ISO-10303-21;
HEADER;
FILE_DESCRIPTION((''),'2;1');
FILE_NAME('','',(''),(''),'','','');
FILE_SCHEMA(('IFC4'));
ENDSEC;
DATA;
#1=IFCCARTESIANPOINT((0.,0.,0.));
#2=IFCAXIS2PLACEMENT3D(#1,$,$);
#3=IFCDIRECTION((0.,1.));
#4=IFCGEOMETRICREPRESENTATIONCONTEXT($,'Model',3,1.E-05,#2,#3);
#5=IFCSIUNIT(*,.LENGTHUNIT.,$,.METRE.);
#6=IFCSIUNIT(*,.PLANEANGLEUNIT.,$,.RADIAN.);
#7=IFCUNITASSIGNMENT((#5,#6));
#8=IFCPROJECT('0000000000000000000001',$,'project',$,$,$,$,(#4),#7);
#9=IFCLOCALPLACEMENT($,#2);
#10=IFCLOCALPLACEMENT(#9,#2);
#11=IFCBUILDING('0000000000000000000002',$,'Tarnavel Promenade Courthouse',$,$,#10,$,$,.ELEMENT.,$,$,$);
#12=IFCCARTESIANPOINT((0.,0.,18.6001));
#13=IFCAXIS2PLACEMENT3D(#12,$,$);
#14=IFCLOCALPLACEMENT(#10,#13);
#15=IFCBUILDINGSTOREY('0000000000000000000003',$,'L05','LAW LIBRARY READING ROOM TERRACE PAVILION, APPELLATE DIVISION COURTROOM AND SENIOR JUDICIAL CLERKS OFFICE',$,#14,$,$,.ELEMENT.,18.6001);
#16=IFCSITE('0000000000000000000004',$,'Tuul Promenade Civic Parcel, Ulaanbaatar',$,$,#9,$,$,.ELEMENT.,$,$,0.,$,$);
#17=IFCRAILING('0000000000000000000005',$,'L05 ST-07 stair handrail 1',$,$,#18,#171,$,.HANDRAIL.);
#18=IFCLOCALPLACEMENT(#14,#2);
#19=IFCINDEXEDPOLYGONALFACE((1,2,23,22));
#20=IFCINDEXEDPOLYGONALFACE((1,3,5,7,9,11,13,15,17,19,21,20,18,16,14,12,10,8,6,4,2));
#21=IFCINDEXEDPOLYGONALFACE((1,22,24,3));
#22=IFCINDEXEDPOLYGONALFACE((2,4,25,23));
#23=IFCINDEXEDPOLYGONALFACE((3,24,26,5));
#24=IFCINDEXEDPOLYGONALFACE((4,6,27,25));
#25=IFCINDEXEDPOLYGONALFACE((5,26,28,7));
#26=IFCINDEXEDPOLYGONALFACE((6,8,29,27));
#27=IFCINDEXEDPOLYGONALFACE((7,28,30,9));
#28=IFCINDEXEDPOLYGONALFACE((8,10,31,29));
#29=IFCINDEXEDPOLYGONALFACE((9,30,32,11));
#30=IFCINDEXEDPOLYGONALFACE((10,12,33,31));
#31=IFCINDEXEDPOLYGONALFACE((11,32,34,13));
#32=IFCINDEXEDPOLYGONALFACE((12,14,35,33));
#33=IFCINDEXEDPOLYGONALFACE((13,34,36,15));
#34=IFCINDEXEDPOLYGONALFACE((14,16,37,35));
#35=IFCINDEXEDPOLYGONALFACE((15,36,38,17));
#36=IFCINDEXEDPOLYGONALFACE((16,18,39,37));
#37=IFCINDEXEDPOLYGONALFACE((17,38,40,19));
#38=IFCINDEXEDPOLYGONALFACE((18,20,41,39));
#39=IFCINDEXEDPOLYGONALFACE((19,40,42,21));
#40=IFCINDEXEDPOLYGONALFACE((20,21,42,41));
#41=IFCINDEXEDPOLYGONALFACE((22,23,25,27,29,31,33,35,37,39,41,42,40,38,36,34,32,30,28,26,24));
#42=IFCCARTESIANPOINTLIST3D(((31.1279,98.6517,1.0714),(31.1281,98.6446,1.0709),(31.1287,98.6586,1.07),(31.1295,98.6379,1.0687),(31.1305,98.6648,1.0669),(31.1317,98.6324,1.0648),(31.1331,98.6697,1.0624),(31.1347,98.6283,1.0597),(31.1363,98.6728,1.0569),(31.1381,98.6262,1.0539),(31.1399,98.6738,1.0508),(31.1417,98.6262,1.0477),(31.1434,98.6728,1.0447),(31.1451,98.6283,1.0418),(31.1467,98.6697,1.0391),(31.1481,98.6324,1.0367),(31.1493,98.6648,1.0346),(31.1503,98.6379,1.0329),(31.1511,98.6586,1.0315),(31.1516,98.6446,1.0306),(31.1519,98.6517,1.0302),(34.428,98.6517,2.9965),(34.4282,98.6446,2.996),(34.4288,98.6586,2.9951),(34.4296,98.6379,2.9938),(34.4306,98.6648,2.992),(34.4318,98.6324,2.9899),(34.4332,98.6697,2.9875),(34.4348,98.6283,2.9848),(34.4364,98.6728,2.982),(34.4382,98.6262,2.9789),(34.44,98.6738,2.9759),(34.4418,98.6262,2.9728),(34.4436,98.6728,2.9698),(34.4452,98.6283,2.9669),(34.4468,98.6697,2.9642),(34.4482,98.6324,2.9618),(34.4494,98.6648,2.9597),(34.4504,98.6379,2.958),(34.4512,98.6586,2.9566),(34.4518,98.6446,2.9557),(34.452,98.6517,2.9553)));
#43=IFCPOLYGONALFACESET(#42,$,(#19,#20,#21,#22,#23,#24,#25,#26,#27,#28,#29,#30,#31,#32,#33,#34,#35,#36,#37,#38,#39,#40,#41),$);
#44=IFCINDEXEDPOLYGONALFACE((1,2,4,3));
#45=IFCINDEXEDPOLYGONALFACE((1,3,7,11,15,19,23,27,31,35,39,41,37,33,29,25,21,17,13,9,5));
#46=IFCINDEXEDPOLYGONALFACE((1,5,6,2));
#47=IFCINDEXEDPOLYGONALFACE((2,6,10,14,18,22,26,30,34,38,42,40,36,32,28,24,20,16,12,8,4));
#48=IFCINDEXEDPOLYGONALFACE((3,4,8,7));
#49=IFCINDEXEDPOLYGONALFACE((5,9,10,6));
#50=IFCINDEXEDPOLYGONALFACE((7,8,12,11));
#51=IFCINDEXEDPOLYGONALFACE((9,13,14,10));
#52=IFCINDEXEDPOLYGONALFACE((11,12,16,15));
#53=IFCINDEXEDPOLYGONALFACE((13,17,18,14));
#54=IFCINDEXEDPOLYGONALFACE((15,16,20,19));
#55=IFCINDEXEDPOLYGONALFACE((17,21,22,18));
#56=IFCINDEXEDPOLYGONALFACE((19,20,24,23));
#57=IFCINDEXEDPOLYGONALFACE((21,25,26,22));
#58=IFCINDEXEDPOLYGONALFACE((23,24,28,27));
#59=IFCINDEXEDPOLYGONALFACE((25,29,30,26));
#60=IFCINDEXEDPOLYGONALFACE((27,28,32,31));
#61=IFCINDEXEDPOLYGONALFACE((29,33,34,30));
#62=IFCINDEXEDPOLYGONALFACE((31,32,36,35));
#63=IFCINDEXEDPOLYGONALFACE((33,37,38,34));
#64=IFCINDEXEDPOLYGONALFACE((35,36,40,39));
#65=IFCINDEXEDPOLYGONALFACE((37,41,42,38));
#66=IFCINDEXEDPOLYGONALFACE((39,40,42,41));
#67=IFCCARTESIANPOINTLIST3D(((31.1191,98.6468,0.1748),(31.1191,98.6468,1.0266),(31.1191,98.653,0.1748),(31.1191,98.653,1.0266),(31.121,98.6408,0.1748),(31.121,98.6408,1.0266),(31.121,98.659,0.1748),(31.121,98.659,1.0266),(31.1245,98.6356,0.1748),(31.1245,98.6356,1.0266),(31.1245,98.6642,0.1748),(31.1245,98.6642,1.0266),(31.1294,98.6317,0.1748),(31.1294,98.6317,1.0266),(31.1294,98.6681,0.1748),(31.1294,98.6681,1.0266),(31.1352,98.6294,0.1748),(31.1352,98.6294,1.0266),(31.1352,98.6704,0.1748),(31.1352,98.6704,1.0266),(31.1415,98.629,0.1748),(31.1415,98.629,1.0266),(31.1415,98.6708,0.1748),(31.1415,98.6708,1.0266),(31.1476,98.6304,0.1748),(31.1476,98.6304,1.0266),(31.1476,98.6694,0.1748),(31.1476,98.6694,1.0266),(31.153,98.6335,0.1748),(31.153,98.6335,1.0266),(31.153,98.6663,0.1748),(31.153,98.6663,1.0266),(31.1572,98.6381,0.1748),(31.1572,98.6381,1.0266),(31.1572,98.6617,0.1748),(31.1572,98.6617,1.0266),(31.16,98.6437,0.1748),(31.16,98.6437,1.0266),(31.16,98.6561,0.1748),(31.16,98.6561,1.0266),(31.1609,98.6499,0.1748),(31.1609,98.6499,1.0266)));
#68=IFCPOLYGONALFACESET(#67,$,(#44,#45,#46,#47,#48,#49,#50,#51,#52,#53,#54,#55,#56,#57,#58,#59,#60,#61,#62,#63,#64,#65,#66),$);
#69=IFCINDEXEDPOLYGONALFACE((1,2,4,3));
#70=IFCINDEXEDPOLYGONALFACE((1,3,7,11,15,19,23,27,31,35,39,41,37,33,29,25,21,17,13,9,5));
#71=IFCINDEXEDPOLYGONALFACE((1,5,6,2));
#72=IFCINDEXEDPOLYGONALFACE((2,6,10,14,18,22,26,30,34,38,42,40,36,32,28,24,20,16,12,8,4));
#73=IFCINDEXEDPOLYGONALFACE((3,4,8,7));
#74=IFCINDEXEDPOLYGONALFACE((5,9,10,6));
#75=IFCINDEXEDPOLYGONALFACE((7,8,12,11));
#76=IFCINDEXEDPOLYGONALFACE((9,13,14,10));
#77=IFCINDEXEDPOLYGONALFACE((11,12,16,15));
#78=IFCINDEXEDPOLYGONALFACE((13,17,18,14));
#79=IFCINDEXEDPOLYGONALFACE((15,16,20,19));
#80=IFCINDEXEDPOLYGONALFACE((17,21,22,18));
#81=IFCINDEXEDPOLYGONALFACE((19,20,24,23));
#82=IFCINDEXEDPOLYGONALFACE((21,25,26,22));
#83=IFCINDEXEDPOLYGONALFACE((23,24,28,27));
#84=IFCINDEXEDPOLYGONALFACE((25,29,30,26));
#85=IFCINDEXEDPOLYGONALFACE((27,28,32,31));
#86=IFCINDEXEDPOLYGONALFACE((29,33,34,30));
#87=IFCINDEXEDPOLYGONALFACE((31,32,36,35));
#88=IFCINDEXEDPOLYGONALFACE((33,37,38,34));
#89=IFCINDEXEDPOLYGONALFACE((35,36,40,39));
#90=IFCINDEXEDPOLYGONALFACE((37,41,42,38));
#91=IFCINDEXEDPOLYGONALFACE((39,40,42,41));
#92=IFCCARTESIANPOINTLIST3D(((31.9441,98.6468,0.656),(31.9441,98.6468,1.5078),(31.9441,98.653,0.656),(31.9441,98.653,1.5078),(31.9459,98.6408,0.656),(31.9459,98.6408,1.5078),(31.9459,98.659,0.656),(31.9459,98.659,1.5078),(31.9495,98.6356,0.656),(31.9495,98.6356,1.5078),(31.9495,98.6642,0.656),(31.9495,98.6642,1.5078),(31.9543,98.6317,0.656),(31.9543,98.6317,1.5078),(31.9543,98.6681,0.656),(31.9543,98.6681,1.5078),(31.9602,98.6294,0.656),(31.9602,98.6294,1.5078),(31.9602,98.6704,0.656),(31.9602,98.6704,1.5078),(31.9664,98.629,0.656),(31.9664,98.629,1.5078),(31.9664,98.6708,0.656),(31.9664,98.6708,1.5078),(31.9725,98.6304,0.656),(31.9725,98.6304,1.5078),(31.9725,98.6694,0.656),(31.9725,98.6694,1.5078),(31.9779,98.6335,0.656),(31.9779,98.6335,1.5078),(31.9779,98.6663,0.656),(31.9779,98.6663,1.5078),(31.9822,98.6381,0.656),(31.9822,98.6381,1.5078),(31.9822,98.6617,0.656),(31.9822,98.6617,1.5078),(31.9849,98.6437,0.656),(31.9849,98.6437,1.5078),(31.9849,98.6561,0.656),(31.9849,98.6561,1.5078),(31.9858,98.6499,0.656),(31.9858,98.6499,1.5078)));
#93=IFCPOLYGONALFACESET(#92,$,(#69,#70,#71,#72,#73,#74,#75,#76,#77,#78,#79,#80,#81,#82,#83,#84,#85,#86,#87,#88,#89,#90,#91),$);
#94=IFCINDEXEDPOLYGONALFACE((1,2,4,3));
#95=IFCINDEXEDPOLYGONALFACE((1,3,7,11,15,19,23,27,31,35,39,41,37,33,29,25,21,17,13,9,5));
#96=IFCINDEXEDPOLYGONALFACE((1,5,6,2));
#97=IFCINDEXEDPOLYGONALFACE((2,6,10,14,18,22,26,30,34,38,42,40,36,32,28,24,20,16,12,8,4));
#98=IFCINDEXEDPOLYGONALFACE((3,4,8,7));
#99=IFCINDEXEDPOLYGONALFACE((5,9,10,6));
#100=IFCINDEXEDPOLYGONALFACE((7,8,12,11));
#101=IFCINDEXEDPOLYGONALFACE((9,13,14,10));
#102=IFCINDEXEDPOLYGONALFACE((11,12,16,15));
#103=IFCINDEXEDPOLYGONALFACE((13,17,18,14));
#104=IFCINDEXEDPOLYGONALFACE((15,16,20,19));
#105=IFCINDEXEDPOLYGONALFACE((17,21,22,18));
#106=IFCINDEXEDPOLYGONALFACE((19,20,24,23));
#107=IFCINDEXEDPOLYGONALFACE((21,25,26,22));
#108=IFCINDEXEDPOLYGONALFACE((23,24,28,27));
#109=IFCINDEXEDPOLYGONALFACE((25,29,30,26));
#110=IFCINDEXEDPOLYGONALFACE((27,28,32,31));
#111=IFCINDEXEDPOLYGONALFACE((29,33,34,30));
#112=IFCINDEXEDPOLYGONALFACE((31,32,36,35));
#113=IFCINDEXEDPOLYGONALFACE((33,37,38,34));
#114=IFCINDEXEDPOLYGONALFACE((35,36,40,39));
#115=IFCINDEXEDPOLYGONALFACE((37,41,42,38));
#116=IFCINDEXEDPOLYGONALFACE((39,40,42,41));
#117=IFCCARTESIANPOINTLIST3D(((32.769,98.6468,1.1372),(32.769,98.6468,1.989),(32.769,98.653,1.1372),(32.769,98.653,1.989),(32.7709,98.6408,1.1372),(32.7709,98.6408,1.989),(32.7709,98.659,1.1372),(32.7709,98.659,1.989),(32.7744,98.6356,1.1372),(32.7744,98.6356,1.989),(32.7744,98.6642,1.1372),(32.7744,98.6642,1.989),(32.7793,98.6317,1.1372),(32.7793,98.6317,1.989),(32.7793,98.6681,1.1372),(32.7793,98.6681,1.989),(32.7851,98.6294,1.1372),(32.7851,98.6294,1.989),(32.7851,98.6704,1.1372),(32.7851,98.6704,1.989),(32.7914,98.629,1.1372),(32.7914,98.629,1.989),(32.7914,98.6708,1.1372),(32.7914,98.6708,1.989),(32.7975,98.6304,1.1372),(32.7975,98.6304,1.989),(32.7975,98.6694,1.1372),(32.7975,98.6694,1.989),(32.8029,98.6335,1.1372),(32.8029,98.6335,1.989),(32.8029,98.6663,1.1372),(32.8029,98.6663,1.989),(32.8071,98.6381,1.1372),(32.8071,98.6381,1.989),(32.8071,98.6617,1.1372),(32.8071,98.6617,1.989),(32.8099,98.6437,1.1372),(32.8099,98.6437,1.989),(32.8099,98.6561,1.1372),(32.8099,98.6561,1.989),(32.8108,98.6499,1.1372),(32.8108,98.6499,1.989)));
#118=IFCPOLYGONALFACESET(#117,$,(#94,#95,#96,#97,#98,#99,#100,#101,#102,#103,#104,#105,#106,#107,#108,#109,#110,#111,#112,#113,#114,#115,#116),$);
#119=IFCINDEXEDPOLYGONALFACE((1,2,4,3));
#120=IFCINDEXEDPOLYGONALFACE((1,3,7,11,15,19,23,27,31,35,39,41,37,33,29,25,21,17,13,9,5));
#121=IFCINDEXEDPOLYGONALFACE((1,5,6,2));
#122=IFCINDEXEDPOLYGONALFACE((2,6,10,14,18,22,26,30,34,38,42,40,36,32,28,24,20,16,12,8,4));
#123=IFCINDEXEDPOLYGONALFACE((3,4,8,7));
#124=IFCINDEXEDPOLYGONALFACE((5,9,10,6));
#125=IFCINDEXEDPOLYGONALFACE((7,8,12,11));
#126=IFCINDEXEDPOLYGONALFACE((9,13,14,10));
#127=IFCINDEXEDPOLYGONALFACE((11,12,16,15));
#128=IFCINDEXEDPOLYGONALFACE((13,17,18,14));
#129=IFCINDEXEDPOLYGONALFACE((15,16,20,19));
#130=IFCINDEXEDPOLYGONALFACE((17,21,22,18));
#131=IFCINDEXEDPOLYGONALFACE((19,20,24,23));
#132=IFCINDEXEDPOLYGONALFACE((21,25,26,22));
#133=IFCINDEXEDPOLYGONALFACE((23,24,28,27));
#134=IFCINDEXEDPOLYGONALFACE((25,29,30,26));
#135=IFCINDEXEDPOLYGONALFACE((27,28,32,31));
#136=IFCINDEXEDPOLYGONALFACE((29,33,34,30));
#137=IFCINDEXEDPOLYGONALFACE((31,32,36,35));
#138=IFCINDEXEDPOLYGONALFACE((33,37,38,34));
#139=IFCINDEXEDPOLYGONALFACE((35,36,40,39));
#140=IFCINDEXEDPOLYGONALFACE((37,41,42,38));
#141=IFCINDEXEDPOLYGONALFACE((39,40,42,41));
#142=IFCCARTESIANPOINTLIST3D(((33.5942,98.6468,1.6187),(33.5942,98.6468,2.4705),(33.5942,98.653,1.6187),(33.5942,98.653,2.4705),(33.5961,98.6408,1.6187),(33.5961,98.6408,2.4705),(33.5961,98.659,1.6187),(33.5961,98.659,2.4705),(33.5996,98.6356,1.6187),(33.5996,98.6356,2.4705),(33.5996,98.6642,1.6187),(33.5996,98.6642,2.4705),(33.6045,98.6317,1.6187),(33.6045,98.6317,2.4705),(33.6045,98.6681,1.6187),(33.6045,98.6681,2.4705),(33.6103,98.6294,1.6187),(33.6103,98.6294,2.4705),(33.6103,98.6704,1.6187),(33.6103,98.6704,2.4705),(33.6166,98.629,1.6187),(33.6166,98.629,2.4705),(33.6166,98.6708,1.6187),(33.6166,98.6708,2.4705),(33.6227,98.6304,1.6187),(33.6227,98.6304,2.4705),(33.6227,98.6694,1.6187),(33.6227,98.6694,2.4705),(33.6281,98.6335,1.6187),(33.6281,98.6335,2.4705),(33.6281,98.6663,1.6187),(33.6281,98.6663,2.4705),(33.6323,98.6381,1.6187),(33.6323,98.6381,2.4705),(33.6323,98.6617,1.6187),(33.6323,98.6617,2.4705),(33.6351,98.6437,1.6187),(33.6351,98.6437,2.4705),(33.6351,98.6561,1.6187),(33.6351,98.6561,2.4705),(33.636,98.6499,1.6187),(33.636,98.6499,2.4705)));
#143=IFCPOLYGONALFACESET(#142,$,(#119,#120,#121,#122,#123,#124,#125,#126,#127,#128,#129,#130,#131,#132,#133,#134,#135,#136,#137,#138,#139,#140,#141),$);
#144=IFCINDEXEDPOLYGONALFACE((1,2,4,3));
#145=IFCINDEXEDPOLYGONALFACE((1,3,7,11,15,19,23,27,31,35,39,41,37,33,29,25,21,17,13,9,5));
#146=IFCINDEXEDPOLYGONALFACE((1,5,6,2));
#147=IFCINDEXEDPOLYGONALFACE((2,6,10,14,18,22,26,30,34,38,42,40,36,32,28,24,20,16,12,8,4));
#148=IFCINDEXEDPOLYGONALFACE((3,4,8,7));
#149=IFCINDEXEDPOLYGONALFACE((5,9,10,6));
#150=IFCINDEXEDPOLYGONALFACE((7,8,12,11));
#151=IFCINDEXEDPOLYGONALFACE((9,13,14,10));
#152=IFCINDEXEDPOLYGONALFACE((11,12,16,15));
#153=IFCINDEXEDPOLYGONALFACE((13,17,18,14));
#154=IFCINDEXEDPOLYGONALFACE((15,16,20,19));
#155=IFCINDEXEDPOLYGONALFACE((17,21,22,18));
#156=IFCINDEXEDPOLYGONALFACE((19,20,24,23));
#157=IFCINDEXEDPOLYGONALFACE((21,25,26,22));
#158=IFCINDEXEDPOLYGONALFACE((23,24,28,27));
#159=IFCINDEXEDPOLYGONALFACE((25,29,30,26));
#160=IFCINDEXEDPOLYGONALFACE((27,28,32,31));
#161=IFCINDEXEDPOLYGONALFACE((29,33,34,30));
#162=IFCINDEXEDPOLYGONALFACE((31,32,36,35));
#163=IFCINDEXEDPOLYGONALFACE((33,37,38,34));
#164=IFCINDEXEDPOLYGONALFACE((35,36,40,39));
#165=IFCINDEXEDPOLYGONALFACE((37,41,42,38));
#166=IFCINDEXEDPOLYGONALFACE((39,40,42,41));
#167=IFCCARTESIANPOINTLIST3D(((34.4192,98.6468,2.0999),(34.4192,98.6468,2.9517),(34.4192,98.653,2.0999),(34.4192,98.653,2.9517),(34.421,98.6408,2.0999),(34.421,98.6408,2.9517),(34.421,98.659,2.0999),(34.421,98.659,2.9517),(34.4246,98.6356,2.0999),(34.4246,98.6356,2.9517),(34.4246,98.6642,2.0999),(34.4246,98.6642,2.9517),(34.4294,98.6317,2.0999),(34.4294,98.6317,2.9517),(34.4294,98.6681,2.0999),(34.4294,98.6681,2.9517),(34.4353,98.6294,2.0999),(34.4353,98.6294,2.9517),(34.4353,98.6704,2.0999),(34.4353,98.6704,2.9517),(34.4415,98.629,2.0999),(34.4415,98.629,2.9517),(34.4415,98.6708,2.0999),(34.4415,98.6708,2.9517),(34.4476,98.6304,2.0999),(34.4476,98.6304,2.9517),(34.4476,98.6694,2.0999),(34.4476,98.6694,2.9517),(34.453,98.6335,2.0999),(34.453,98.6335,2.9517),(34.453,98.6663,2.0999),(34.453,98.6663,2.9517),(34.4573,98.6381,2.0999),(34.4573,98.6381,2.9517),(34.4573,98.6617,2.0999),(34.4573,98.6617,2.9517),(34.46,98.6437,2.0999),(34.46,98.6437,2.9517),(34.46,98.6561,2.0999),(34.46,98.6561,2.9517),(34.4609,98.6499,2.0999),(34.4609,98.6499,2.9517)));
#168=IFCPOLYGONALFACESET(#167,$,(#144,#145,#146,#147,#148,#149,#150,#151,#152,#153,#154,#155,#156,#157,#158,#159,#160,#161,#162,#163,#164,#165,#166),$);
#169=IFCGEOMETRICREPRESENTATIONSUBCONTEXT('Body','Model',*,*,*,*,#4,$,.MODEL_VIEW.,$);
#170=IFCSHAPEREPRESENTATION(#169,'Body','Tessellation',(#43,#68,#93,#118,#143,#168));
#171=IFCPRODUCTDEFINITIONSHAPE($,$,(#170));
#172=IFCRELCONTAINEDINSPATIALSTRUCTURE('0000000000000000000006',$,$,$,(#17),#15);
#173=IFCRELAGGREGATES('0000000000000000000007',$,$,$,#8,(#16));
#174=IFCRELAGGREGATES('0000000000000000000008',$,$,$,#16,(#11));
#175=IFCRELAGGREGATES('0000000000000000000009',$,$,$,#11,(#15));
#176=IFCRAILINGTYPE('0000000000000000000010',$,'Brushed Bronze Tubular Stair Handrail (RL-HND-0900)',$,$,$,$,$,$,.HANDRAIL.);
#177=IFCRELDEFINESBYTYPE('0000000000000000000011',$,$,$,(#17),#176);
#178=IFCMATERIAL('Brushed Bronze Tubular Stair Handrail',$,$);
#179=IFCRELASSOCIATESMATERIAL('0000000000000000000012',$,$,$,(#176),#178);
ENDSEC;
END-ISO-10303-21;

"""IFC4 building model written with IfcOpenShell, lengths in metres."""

from ifc_helpers import new_model, si_unit, direction, frame, origin, origin_2d, place, context, subcontext, project, spatial, circle, extrude, material, type_object, element, save


model = new_model("IFC4")

# Units and contexts
model_context = context("Model", 3, precision=1e-05, world=origin(), true_north=direction((0.0, 1.0)))
body_context = subcontext(model_context, "Body", "Model", "MODEL_VIEW")
ifc_project = project(units=[si_unit("LENGTHUNIT", "METRE"), si_unit("PLANEANGLEUNIT", "RADIAN")], contexts=[model_context])

# Site, building, storey
site_placement = place(None, origin())
site = spatial("IfcSite", under=ifc_project, at=site_placement, Name="Tuul Promenade Civic Parcel, Ulaanbaatar", CompositionType="ELEMENT", RefElevation=0.0)
building_placement = place(site_placement, origin())
building = spatial("IfcBuilding", under=site, at=building_placement, Name="Tarnavel Promenade Courthouse", CompositionType="ELEMENT")
storey_placement = place(building_placement, frame((0.0, 0.0, 18.6001)))
storey = spatial("IfcBuildingStorey", under=building, at=storey_placement, Name="L05", Description="LAW LIBRARY READING ROOM TERRACE PAVILION, APPELLATE DIVISION COURTROOM AND SENIOR JUDICIAL CLERKS OFFICE", CompositionType="ELEMENT", Elevation=18.6001)

# Railing
ifc_material_1 = material(Name="Brushed Bronze Tubular Stair Handrail")
railing_type_1 = type_object("IfcRailingType", Name="Brushed Bronze Tubular Stair Handrail (RL-HND-0900)", PredefinedType="HANDRAIL", material=ifc_material_1)
railing_1_placement = place(storey_placement, frame((31.1399, 98.6499, 0.1748)))
element("IfcRailing", 1, at=railing_1_placement, inside=storey, type_object=railing_type_1, Name="L05 ST-07 stair handrail 1", PredefinedType="HANDRAIL", context=body_context, shape_type="SweptSolid", body=[
    extrude(circle(Radius=0.0239, at=origin_2d()), frame((0.0, 0.0, 0.876), z_axis=(0.863777, 0.0, 0.503875), x_axis=(0.0, 1.0, 0.0)), (0.0, 0.0, 1.0), 3.8206),
    extrude(circle(Radius=0.021, at=origin_2d()), origin(), (0.0, 0.0, 1.0), 0.8518),
    extrude(circle(Radius=0.021, at=origin_2d()), frame((0.825, 0.0, 0.4812)), (0.0, 0.0, 1.0), 0.8518),
    extrude(circle(Radius=0.021, at=origin_2d()), frame((1.6499, 0.0, 0.9624)), (0.0, 0.0, 1.0), 0.8518),
    extrude(circle(Radius=0.021, at=origin_2d()), frame((2.4751, 0.0, 1.4438)), (0.0, 0.0, 1.0), 0.8518),
    extrude(circle(Radius=0.021, at=origin_2d()), frame((3.3, 0.0, 1.925)), (0.0, 0.0, 1.0), 0.8518),
])

save(model, "model.ifc")
